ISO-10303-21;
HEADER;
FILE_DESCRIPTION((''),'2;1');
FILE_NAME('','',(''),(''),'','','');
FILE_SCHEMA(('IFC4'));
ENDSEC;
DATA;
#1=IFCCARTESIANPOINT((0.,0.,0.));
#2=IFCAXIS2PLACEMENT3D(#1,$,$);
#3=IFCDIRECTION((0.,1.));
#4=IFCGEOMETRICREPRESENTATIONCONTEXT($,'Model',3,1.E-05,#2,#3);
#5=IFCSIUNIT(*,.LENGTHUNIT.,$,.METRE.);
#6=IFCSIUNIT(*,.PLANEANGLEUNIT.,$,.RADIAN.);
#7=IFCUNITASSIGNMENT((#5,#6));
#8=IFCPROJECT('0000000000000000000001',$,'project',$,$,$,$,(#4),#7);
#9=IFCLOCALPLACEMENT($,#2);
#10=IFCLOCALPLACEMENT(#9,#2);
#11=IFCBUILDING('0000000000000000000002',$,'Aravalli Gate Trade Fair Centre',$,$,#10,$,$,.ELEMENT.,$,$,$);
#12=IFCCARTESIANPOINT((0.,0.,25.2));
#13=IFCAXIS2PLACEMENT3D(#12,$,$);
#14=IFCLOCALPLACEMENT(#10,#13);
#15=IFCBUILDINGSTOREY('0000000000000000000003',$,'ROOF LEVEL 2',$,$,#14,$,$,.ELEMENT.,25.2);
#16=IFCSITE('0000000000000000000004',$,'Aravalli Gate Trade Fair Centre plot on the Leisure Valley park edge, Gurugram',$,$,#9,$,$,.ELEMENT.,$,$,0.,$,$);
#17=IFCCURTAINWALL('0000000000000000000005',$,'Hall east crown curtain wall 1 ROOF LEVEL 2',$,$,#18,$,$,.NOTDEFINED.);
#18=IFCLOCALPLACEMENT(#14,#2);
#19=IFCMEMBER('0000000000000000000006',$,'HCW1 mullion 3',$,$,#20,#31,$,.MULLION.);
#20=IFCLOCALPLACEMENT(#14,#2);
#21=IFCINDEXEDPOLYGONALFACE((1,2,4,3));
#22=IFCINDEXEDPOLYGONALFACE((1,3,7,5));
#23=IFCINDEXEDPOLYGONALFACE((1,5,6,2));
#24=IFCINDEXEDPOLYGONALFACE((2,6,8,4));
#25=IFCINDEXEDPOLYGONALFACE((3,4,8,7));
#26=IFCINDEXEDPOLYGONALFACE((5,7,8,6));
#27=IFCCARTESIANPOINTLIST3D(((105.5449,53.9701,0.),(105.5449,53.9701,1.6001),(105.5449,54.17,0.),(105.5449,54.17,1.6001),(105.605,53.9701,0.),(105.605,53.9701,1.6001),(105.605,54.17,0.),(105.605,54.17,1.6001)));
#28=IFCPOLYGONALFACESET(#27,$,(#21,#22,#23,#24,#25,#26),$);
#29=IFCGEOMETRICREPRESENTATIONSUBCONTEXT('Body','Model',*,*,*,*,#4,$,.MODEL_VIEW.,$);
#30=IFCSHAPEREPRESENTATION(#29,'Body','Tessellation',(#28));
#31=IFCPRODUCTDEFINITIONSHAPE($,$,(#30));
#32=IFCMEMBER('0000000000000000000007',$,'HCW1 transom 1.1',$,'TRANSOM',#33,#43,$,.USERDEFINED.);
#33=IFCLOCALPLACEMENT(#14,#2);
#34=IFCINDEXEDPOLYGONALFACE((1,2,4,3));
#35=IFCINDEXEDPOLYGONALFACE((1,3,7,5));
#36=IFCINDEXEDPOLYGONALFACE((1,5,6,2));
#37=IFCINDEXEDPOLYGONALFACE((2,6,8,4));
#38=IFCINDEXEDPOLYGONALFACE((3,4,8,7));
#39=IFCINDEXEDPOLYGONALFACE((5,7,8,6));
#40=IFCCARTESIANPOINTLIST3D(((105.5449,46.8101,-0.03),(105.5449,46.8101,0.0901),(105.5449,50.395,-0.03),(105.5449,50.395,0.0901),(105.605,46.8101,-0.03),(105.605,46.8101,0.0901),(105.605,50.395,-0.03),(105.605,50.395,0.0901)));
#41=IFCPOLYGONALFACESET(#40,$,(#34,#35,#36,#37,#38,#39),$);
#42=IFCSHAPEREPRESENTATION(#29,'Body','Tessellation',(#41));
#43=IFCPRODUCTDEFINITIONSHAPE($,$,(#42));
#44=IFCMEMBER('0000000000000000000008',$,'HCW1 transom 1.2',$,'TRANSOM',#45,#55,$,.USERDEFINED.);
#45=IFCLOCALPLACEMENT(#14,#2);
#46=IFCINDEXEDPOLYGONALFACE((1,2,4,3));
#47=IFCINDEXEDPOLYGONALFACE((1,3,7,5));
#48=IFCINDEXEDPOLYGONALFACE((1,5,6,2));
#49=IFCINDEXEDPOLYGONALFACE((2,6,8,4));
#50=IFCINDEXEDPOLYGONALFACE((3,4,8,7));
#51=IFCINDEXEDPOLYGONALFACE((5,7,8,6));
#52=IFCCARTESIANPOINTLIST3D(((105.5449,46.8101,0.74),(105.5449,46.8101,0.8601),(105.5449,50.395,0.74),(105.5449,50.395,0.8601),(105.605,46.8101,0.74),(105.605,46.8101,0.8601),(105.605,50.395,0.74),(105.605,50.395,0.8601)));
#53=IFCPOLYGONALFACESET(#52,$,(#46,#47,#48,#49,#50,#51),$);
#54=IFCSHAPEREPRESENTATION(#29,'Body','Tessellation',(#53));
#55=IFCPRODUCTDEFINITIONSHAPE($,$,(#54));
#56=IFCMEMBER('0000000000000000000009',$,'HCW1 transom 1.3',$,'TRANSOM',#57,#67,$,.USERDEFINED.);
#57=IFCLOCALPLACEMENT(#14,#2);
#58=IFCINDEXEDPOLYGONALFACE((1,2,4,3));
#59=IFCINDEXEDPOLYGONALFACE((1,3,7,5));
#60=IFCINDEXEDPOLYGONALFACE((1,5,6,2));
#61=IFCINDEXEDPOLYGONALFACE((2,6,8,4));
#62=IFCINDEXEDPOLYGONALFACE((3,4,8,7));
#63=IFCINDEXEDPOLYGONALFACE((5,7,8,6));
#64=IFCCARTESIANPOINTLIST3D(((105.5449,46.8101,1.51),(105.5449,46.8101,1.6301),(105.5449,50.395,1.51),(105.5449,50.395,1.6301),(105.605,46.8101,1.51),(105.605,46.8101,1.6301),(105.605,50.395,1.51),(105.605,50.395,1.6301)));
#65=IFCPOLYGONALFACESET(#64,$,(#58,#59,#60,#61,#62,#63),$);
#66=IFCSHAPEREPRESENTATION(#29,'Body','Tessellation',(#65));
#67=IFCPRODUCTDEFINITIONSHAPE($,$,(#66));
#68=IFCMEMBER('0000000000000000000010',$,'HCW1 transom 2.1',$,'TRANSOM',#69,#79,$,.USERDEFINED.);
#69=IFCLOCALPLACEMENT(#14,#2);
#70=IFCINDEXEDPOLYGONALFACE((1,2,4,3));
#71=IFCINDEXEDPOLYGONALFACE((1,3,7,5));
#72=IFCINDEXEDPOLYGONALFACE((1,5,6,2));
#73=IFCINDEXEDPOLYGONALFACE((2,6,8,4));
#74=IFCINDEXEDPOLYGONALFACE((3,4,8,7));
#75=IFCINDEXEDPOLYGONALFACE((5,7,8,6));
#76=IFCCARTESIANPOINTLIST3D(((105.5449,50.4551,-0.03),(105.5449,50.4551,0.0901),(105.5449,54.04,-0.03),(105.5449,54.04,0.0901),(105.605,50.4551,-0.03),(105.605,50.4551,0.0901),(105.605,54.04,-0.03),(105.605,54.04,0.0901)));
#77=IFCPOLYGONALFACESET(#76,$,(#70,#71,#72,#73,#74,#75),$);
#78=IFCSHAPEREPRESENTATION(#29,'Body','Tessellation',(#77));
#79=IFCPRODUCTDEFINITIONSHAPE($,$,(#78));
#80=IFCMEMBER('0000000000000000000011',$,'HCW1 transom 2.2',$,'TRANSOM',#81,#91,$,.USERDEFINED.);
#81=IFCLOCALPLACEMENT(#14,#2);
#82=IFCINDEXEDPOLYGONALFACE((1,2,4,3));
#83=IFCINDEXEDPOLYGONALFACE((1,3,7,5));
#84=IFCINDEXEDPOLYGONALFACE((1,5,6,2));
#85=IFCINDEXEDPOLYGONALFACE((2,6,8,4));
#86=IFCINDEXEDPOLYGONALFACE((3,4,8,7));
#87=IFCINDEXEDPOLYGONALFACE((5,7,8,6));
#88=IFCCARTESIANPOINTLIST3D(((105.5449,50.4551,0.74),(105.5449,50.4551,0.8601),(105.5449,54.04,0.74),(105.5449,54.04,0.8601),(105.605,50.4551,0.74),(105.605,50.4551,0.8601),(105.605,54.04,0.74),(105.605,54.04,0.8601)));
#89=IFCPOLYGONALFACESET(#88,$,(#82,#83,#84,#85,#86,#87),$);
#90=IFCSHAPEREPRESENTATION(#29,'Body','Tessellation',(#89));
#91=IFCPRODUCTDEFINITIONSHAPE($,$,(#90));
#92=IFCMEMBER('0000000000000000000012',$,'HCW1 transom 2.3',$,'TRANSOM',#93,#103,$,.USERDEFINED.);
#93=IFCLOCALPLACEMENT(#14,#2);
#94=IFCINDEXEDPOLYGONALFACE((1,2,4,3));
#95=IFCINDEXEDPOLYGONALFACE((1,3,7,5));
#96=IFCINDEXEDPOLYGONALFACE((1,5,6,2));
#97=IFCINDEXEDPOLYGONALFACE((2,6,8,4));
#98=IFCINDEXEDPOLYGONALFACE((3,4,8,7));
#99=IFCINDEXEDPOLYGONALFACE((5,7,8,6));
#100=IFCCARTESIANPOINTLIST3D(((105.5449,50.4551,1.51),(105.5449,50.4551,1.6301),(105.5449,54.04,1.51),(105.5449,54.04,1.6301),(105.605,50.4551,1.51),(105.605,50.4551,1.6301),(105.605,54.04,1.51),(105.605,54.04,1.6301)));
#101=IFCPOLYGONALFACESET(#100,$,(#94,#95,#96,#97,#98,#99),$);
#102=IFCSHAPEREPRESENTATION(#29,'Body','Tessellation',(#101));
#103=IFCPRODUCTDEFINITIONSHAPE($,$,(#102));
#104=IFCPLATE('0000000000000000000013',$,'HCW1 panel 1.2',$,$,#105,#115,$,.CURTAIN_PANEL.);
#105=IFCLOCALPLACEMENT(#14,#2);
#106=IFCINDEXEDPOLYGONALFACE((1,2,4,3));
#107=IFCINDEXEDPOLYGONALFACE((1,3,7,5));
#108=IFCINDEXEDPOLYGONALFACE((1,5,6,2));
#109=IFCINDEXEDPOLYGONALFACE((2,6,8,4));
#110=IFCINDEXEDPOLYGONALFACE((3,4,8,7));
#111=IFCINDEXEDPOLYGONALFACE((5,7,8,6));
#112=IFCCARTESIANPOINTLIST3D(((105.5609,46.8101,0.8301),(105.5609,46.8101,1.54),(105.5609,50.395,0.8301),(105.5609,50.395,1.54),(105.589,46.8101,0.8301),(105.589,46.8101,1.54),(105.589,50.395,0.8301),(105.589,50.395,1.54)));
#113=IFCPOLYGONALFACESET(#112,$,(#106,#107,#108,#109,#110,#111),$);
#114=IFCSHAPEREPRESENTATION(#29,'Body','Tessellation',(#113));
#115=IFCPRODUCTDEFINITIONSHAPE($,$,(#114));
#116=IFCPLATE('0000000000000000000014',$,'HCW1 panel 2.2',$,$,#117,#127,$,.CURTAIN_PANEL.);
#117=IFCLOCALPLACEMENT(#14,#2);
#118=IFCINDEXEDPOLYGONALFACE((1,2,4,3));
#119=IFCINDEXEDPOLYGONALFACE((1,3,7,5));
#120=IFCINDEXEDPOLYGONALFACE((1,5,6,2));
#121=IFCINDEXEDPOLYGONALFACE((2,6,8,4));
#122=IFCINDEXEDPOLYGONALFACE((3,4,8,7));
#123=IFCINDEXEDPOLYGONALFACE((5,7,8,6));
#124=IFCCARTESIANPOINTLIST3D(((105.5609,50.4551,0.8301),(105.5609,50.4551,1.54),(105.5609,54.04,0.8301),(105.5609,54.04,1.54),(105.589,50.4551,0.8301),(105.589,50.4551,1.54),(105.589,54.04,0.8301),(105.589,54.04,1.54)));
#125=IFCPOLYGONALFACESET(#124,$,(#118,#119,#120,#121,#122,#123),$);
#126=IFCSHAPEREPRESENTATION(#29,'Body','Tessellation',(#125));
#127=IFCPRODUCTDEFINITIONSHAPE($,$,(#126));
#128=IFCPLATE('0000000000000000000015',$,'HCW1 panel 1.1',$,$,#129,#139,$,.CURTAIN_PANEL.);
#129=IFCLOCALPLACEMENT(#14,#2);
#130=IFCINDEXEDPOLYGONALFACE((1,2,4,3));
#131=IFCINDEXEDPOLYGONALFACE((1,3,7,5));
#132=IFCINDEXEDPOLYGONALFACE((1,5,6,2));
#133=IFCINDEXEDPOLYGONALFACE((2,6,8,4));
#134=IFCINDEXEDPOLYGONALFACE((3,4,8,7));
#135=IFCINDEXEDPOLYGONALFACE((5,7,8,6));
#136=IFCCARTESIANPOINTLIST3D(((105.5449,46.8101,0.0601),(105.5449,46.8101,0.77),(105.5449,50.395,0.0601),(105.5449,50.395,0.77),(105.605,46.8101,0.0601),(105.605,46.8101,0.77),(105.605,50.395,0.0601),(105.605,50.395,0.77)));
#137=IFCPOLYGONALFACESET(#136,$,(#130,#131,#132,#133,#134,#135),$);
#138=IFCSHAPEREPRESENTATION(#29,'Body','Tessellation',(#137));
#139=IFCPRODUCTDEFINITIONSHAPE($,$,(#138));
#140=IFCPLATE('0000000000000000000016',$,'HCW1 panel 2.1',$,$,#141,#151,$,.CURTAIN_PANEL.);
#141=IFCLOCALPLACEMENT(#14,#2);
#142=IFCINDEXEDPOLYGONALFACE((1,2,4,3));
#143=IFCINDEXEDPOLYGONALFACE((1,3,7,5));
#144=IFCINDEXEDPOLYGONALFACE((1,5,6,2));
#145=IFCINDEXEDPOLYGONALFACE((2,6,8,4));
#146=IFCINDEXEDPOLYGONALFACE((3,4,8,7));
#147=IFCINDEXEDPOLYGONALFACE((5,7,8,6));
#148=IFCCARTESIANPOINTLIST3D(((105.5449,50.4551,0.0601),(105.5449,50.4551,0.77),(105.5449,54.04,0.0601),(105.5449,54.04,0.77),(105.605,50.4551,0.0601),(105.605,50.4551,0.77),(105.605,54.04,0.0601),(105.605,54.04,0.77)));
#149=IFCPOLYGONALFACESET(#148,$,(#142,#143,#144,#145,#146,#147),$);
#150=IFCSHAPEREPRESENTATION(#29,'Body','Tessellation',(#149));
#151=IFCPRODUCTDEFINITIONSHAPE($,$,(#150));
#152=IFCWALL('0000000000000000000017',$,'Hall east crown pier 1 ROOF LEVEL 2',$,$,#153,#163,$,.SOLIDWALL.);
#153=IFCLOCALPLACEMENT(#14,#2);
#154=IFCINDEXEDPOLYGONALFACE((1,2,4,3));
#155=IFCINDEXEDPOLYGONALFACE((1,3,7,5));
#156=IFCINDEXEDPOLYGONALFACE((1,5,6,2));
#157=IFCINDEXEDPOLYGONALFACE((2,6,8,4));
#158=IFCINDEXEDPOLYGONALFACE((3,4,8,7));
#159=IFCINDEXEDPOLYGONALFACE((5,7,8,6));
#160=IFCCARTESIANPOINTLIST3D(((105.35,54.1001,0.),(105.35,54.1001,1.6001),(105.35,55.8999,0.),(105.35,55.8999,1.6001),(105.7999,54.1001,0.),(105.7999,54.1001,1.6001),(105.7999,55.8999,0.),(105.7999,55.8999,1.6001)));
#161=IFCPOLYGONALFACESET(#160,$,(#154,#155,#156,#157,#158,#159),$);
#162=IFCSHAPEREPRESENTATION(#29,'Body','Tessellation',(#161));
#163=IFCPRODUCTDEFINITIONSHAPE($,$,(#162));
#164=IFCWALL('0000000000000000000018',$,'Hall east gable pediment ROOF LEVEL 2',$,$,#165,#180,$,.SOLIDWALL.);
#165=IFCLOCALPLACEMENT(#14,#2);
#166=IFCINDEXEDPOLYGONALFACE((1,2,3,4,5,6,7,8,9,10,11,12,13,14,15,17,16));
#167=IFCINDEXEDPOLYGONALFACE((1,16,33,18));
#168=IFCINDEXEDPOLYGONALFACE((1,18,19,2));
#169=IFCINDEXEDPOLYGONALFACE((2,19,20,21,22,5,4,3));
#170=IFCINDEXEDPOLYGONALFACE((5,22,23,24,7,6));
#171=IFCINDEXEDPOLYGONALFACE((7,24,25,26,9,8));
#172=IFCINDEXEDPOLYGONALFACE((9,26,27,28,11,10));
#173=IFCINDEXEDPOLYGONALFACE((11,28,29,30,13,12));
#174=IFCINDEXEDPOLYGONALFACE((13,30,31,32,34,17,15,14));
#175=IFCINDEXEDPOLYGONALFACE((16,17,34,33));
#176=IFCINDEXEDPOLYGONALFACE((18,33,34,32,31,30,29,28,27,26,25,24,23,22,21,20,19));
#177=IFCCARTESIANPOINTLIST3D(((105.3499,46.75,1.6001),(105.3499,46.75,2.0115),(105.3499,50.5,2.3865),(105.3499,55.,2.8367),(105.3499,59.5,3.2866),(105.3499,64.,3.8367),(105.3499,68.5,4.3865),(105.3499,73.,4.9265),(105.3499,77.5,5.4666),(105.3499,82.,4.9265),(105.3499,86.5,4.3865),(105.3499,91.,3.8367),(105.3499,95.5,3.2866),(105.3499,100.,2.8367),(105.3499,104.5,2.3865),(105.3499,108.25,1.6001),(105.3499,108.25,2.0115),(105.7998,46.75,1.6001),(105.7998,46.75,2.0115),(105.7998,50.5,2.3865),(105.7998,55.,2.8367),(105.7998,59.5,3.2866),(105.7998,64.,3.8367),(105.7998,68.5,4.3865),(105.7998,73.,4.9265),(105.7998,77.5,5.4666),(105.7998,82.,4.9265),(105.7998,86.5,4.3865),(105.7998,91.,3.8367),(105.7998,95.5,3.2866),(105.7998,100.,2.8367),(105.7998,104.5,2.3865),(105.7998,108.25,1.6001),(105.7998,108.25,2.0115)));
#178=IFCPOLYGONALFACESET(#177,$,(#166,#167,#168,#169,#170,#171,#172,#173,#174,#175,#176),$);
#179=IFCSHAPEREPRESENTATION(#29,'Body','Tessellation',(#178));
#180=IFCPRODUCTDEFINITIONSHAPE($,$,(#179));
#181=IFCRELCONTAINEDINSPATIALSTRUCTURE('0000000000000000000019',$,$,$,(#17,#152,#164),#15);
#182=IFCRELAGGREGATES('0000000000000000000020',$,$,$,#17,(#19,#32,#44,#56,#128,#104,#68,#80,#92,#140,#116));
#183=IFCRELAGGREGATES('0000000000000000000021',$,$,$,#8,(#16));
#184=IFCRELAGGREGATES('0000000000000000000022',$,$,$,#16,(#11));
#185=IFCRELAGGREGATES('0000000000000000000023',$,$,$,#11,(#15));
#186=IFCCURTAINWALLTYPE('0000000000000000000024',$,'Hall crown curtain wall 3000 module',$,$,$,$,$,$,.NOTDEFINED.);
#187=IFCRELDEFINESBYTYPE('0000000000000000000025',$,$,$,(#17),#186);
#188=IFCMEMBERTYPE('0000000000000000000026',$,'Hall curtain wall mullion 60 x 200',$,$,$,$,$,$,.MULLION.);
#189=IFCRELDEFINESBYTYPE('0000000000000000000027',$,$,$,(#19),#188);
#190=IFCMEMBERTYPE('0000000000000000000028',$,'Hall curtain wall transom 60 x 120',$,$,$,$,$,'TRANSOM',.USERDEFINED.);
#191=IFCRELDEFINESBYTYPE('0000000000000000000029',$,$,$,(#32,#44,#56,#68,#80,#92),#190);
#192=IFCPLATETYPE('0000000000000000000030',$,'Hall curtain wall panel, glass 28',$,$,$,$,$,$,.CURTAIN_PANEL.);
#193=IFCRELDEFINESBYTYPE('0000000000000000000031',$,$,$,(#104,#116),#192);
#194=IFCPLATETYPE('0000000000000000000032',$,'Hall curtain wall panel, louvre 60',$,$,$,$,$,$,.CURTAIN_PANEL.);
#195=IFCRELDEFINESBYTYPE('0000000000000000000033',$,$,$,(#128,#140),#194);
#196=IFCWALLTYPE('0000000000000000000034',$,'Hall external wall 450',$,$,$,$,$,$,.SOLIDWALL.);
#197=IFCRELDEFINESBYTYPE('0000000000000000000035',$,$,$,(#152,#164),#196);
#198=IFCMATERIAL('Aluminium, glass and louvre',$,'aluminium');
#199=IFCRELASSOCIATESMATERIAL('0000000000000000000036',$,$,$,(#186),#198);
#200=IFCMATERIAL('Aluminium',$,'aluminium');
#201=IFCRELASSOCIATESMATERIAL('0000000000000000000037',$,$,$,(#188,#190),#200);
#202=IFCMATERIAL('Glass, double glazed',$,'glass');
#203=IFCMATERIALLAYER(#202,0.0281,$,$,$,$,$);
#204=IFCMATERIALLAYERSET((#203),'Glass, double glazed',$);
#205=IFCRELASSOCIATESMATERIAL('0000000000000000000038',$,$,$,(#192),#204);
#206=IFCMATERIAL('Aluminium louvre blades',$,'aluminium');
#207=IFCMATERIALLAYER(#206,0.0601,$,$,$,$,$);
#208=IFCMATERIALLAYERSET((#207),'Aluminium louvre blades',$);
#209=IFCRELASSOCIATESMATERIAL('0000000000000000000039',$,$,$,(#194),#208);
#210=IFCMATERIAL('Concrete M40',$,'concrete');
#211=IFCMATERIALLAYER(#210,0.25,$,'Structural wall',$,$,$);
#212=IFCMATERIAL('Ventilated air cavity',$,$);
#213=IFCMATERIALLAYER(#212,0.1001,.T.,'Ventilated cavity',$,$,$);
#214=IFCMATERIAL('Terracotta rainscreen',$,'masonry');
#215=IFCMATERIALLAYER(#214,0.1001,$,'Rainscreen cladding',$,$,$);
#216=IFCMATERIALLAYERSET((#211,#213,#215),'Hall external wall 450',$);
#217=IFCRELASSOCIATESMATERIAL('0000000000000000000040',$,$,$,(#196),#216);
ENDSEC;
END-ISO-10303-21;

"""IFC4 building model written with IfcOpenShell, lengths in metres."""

from ifc_helpers import new_model, si_unit, direction, frame, frame_2d, origin, origin_2d, place, context, subcontext, project, spatial, polyline, rectangle, outline, extrude, material, layer, layer_set, material_profile, profile_set, type_object, element, aggregate, save


model = new_model("IFC4")

# Units and contexts
model_context = context("Model", 3, precision=1e-05, world=origin(), true_north=direction((0.0, 1.0)))
body_context = subcontext(model_context, "Body", "Model", "MODEL_VIEW")
ifc_project = project(units=[si_unit("LENGTHUNIT", "METRE"), si_unit("PLANEANGLEUNIT", "RADIAN")], contexts=[model_context])

# Site, building, storey
site_placement = place(None, origin())
site = spatial("IfcSite", under=ifc_project, at=site_placement, Name="Aravalli Gate Trade Fair Centre plot on the Leisure Valley park edge, Gurugram", CompositionType="ELEMENT", RefElevation=0.0)
building_placement = place(site_placement, origin())
building = spatial("IfcBuilding", under=site, at=building_placement, Name="Aravalli Gate Trade Fair Centre", CompositionType="ELEMENT")
storey_placement = place(building_placement, frame((0.0, 0.0, 25.2)))
storey = spatial("IfcBuildingStorey", under=building, at=storey_placement, Name="ROOF LEVEL 2", CompositionType="ELEMENT", Elevation=25.2)

# Curtain wall, members, plates
ifc_material_1 = material(Name="Aluminium, glass and louvre", Category="aluminium")
curtain_wall_type = type_object("IfcCurtainWallType", Name="Hall crown curtain wall 3000 module", PredefinedType="NOTDEFINED", material=ifc_material_1)
curtain_wall_placement = place(storey_placement, origin())
curtain_wall = element("IfcCurtainWall", 1, at=curtain_wall_placement, inside=storey, type_object=curtain_wall_type, Name="Hall east crown curtain wall 1 ROOF LEVEL 2", PredefinedType="NOTDEFINED")
ifc_material_2 = material(Name="Aluminium", Category="aluminium")
ifc_material_profile_1 = material_profile(ifc_material_2, rectangle(XDim=0.0601, YDim=0.2, at=origin_2d()), Name="Hall curtain wall mullion 60 x 200")
ifc_profile_set_1 = profile_set([ifc_material_profile_1], Name="Aluminium")
member_type_1 = type_object("IfcMemberType", Name="Hall curtain wall mullion 60 x 200", PredefinedType="MULLION", material=ifc_profile_set_1)
member_1_placement = place(storey_placement, frame((105.575, 54.0701, 0.0), z_axis=(0.0, 0.0, 1.0), x_axis=(-1.0, 0.0, 0.0)))
member_1 = element("IfcMember", 2, at=member_1_placement, type_object=member_type_1, Name="HCW1 mullion 3", PredefinedType="MULLION", context=body_context, shape_type="SweptSolid", body=[
    extrude(rectangle(XDim=0.0601, YDim=0.2, at=origin_2d()), origin(), (0.0, 0.0, 1.0), 1.6001),
])
ifc_material_profile_2 = material_profile(ifc_material_2, rectangle(XDim=0.0601, YDim=0.1201, at=origin_2d()), Name="Hall curtain wall transom 60 x 120")
ifc_profile_set_2 = profile_set([ifc_material_profile_2], Name="Aluminium")
member_type_2 = type_object("IfcMemberType", Name="Hall curtain wall transom 60 x 120", ElementType="TRANSOM", PredefinedType="USERDEFINED", material=ifc_profile_set_2)
member_2_placement = place(storey_placement, frame((105.575, 46.8101, 0.03), z_axis=(0.0, 1.0, 0.0), x_axis=(-1.0, 0.0, 0.0)))
member_2 = element("IfcMember", 3, at=member_2_placement, type_object=member_type_2, Name="HCW1 transom 1.1", ObjectType="TRANSOM", PredefinedType="USERDEFINED", context=body_context, shape_type="SweptSolid", body=[
    extrude(rectangle(XDim=0.0601, YDim=0.1201, at=origin_2d()), origin(), (0.0, 0.0, 1.0), 3.585),
])
member_3_placement = place(storey_placement, frame((105.575, 46.8101, 0.8), z_axis=(0.0, 1.0, 0.0), x_axis=(-1.0, 0.0, 0.0)))
member_3 = element("IfcMember", 4, at=member_3_placement, type_object=member_type_2, Name="HCW1 transom 1.2", ObjectType="TRANSOM", PredefinedType="USERDEFINED", context=body_context, shape_type="SweptSolid", body=[
    extrude(rectangle(XDim=0.0601, YDim=0.1201, at=origin_2d()), origin(), (0.0, 0.0, 1.0), 3.585),
])
member_4_placement = place(storey_placement, frame((105.575, 46.8101, 1.5701), z_axis=(0.0, 1.0, 0.0), x_axis=(-1.0, 0.0, 0.0)))
member_4 = element("IfcMember", 5, at=member_4_placement, type_object=member_type_2, Name="HCW1 transom 1.3", ObjectType="TRANSOM", PredefinedType="USERDEFINED", context=body_context, shape_type="SweptSolid", body=[
    extrude(rectangle(XDim=0.0601, YDim=0.1201, at=origin_2d()), origin(), (0.0, 0.0, 1.0), 3.585),
])
member_5_placement = place(storey_placement, frame((105.575, 50.4551, 0.03), z_axis=(0.0, 1.0, 0.0), x_axis=(-1.0, 0.0, 0.0)))
member_5 = element("IfcMember", 6, at=member_5_placement, type_object=member_type_2, Name="HCW1 transom 2.1", ObjectType="TRANSOM", PredefinedType="USERDEFINED", context=body_context, shape_type="SweptSolid", body=[
    extrude(rectangle(XDim=0.0601, YDim=0.1201, at=origin_2d()), origin(), (0.0, 0.0, 1.0), 3.585),
])
member_6_placement = place(storey_placement, frame((105.575, 50.4551, 0.8), z_axis=(0.0, 1.0, 0.0), x_axis=(-1.0, 0.0, 0.0)))
member_6 = element("IfcMember", 7, at=member_6_placement, type_object=member_type_2, Name="HCW1 transom 2.2", ObjectType="TRANSOM", PredefinedType="USERDEFINED", context=body_context, shape_type="SweptSolid", body=[
    extrude(rectangle(XDim=0.0601, YDim=0.1201, at=origin_2d()), origin(), (0.0, 0.0, 1.0), 3.585),
])
member_7_placement = place(storey_placement, frame((105.575, 50.4551, 1.5701), z_axis=(0.0, 1.0, 0.0), x_axis=(-1.0, 0.0, 0.0)))
member_7 = element("IfcMember", 8, at=member_7_placement, type_object=member_type_2, Name="HCW1 transom 2.3", ObjectType="TRANSOM", PredefinedType="USERDEFINED", context=body_context, shape_type="SweptSolid", body=[
    extrude(rectangle(XDim=0.0601, YDim=0.1201, at=origin_2d()), origin(), (0.0, 0.0, 1.0), 3.585),
])
ifc_material_3 = material(Name="Glass, double glazed", Category="glass")
ifc_layer_1 = layer(ifc_material_3, 0.0281)
ifc_layer_set_1 = layer_set([ifc_layer_1], Name="Glass, double glazed")
plate_type_1 = type_object("IfcPlateType", Name="Hall curtain wall panel, glass 28", PredefinedType="CURTAIN_PANEL", material=ifc_layer_set_1)
plate_1_placement = place(storey_placement, frame((105.575, 48.6025, 0.8301), z_axis=(0.0, 0.0, 1.0), x_axis=(0.0, 1.0, 0.0)))
plate_1 = element("IfcPlate", 9, at=plate_1_placement, type_object=plate_type_1, Name="HCW1 panel 1.2", PredefinedType="CURTAIN_PANEL", context=body_context, shape_type="SweptSolid", body=[
    extrude(rectangle(XDim=3.585, YDim=0.0281, at=origin_2d()), origin(), (0.0, 0.0, 1.0), 0.71),
])
plate_2_placement = place(storey_placement, frame((105.575, 52.2476, 0.8301), z_axis=(0.0, 0.0, 1.0), x_axis=(0.0, 1.0, 0.0)))
plate_2 = element("IfcPlate", 10, at=plate_2_placement, type_object=plate_type_1, Name="HCW1 panel 2.2", PredefinedType="CURTAIN_PANEL", context=body_context, shape_type="SweptSolid", body=[
    extrude(rectangle(XDim=3.585, YDim=0.0281, at=origin_2d()), origin(), (0.0, 0.0, 1.0), 0.71),
])
ifc_material_4 = material(Name="Aluminium louvre blades", Category="aluminium")
ifc_layer_2 = layer(ifc_material_4, 0.0601)
ifc_layer_set_2 = layer_set([ifc_layer_2], Name="Aluminium louvre blades")
plate_type_2 = type_object("IfcPlateType", Name="Hall curtain wall panel, louvre 60", PredefinedType="CURTAIN_PANEL", material=ifc_layer_set_2)
plate_3_placement = place(storey_placement, frame((105.575, 48.6025, 0.0601), z_axis=(0.0, 0.0, 1.0), x_axis=(0.0, 1.0, 0.0)))
plate_3 = element("IfcPlate", 11, at=plate_3_placement, type_object=plate_type_2, Name="HCW1 panel 1.1", PredefinedType="CURTAIN_PANEL", context=body_context, shape_type="SweptSolid", body=[
    extrude(rectangle(XDim=3.585, YDim=0.0601, at=origin_2d()), origin(), (0.0, 0.0, 1.0), 0.71),
])
plate_4_placement = place(storey_placement, frame((105.575, 52.2476, 0.0601), z_axis=(0.0, 0.0, 1.0), x_axis=(0.0, 1.0, 0.0)))
plate_4 = element("IfcPlate", 12, at=plate_4_placement, type_object=plate_type_2, Name="HCW1 panel 2.1", PredefinedType="CURTAIN_PANEL", context=body_context, shape_type="SweptSolid", body=[
    extrude(rectangle(XDim=3.585, YDim=0.0601, at=origin_2d()), origin(), (0.0, 0.0, 1.0), 0.71),
])
aggregate(curtain_wall, [member_1, member_2, member_3, member_4, plate_3, plate_1, member_5, member_6, member_7, plate_4, plate_2])

# Walls
ifc_material_5 = material(Name="Concrete M40", Category="concrete")
ifc_layer_3 = layer(ifc_material_5, 0.25, Name="Structural wall")
ifc_material_6 = material(Name="Ventilated air cavity")
ifc_layer_4 = layer(ifc_material_6, 0.1001, ventilated=True, Name="Ventilated cavity")
ifc_material_7 = material(Name="Terracotta rainscreen", Category="masonry")
ifc_layer_5 = layer(ifc_material_7, 0.1001, Name="Rainscreen cladding")
ifc_layer_set_3 = layer_set([ifc_layer_3, ifc_layer_4, ifc_layer_5], Name="Hall external wall 450")
wall_type = type_object("IfcWallType", Name="Hall external wall 450", PredefinedType="SOLIDWALL", material=ifc_layer_set_3)
wall_1_placement = place(storey_placement, frame((105.575, 54.1001, 0.0), z_axis=(0.0, 0.0, 1.0), x_axis=(0.0, 1.0, 0.0)))
element("IfcWall", 13, at=wall_1_placement, inside=storey, type_object=wall_type, Name="Hall east crown pier 1 ROOF LEVEL 2", PredefinedType="SOLIDWALL", context=body_context, shape_type="SweptSolid", body=[
    extrude(rectangle(XDim=1.7998, YDim=0.45, at=frame_2d((0.8999, 0.0))), origin(), (0.0, 0.0, 1.0), 1.6001),
])
wall_2_placement = place(storey_placement, frame((105.575, 46.75, 1.6001), z_axis=(0.0, 0.0, 1.0), x_axis=(0.0, 1.0, 0.0)))
element("IfcWall", 14, at=wall_2_placement, inside=storey, type_object=wall_type, Name="Hall east gable pediment ROOF LEVEL 2", PredefinedType="SOLIDWALL", context=body_context, shape_type="SweptSolid", body=[
    extrude(outline(polyline([(0.0, 0.0), (61.5, 0.0), (61.5, 0.4114), (57.75, 0.7864), (53.25, 1.2366), (48.75, 1.6865), (44.25, 2.2366), (39.75, 2.7864), (35.25, 3.3264), (30.75, 3.8665), (26.25, 3.3264), (21.75, 2.7864), (17.25, 2.2366), (12.75, 1.6865), (8.25, 1.2366), (3.75, 0.7864), (0.0, 0.4114), (0.0, 0.0)])), frame((0.0, 0.2251, 0.0), z_axis=(0.0, -1.0, 0.0), x_axis=(1.0, 0.0, 0.0)), (0.0, 0.0, 1.0), 0.45),
])

save(model, "model.ifc")
